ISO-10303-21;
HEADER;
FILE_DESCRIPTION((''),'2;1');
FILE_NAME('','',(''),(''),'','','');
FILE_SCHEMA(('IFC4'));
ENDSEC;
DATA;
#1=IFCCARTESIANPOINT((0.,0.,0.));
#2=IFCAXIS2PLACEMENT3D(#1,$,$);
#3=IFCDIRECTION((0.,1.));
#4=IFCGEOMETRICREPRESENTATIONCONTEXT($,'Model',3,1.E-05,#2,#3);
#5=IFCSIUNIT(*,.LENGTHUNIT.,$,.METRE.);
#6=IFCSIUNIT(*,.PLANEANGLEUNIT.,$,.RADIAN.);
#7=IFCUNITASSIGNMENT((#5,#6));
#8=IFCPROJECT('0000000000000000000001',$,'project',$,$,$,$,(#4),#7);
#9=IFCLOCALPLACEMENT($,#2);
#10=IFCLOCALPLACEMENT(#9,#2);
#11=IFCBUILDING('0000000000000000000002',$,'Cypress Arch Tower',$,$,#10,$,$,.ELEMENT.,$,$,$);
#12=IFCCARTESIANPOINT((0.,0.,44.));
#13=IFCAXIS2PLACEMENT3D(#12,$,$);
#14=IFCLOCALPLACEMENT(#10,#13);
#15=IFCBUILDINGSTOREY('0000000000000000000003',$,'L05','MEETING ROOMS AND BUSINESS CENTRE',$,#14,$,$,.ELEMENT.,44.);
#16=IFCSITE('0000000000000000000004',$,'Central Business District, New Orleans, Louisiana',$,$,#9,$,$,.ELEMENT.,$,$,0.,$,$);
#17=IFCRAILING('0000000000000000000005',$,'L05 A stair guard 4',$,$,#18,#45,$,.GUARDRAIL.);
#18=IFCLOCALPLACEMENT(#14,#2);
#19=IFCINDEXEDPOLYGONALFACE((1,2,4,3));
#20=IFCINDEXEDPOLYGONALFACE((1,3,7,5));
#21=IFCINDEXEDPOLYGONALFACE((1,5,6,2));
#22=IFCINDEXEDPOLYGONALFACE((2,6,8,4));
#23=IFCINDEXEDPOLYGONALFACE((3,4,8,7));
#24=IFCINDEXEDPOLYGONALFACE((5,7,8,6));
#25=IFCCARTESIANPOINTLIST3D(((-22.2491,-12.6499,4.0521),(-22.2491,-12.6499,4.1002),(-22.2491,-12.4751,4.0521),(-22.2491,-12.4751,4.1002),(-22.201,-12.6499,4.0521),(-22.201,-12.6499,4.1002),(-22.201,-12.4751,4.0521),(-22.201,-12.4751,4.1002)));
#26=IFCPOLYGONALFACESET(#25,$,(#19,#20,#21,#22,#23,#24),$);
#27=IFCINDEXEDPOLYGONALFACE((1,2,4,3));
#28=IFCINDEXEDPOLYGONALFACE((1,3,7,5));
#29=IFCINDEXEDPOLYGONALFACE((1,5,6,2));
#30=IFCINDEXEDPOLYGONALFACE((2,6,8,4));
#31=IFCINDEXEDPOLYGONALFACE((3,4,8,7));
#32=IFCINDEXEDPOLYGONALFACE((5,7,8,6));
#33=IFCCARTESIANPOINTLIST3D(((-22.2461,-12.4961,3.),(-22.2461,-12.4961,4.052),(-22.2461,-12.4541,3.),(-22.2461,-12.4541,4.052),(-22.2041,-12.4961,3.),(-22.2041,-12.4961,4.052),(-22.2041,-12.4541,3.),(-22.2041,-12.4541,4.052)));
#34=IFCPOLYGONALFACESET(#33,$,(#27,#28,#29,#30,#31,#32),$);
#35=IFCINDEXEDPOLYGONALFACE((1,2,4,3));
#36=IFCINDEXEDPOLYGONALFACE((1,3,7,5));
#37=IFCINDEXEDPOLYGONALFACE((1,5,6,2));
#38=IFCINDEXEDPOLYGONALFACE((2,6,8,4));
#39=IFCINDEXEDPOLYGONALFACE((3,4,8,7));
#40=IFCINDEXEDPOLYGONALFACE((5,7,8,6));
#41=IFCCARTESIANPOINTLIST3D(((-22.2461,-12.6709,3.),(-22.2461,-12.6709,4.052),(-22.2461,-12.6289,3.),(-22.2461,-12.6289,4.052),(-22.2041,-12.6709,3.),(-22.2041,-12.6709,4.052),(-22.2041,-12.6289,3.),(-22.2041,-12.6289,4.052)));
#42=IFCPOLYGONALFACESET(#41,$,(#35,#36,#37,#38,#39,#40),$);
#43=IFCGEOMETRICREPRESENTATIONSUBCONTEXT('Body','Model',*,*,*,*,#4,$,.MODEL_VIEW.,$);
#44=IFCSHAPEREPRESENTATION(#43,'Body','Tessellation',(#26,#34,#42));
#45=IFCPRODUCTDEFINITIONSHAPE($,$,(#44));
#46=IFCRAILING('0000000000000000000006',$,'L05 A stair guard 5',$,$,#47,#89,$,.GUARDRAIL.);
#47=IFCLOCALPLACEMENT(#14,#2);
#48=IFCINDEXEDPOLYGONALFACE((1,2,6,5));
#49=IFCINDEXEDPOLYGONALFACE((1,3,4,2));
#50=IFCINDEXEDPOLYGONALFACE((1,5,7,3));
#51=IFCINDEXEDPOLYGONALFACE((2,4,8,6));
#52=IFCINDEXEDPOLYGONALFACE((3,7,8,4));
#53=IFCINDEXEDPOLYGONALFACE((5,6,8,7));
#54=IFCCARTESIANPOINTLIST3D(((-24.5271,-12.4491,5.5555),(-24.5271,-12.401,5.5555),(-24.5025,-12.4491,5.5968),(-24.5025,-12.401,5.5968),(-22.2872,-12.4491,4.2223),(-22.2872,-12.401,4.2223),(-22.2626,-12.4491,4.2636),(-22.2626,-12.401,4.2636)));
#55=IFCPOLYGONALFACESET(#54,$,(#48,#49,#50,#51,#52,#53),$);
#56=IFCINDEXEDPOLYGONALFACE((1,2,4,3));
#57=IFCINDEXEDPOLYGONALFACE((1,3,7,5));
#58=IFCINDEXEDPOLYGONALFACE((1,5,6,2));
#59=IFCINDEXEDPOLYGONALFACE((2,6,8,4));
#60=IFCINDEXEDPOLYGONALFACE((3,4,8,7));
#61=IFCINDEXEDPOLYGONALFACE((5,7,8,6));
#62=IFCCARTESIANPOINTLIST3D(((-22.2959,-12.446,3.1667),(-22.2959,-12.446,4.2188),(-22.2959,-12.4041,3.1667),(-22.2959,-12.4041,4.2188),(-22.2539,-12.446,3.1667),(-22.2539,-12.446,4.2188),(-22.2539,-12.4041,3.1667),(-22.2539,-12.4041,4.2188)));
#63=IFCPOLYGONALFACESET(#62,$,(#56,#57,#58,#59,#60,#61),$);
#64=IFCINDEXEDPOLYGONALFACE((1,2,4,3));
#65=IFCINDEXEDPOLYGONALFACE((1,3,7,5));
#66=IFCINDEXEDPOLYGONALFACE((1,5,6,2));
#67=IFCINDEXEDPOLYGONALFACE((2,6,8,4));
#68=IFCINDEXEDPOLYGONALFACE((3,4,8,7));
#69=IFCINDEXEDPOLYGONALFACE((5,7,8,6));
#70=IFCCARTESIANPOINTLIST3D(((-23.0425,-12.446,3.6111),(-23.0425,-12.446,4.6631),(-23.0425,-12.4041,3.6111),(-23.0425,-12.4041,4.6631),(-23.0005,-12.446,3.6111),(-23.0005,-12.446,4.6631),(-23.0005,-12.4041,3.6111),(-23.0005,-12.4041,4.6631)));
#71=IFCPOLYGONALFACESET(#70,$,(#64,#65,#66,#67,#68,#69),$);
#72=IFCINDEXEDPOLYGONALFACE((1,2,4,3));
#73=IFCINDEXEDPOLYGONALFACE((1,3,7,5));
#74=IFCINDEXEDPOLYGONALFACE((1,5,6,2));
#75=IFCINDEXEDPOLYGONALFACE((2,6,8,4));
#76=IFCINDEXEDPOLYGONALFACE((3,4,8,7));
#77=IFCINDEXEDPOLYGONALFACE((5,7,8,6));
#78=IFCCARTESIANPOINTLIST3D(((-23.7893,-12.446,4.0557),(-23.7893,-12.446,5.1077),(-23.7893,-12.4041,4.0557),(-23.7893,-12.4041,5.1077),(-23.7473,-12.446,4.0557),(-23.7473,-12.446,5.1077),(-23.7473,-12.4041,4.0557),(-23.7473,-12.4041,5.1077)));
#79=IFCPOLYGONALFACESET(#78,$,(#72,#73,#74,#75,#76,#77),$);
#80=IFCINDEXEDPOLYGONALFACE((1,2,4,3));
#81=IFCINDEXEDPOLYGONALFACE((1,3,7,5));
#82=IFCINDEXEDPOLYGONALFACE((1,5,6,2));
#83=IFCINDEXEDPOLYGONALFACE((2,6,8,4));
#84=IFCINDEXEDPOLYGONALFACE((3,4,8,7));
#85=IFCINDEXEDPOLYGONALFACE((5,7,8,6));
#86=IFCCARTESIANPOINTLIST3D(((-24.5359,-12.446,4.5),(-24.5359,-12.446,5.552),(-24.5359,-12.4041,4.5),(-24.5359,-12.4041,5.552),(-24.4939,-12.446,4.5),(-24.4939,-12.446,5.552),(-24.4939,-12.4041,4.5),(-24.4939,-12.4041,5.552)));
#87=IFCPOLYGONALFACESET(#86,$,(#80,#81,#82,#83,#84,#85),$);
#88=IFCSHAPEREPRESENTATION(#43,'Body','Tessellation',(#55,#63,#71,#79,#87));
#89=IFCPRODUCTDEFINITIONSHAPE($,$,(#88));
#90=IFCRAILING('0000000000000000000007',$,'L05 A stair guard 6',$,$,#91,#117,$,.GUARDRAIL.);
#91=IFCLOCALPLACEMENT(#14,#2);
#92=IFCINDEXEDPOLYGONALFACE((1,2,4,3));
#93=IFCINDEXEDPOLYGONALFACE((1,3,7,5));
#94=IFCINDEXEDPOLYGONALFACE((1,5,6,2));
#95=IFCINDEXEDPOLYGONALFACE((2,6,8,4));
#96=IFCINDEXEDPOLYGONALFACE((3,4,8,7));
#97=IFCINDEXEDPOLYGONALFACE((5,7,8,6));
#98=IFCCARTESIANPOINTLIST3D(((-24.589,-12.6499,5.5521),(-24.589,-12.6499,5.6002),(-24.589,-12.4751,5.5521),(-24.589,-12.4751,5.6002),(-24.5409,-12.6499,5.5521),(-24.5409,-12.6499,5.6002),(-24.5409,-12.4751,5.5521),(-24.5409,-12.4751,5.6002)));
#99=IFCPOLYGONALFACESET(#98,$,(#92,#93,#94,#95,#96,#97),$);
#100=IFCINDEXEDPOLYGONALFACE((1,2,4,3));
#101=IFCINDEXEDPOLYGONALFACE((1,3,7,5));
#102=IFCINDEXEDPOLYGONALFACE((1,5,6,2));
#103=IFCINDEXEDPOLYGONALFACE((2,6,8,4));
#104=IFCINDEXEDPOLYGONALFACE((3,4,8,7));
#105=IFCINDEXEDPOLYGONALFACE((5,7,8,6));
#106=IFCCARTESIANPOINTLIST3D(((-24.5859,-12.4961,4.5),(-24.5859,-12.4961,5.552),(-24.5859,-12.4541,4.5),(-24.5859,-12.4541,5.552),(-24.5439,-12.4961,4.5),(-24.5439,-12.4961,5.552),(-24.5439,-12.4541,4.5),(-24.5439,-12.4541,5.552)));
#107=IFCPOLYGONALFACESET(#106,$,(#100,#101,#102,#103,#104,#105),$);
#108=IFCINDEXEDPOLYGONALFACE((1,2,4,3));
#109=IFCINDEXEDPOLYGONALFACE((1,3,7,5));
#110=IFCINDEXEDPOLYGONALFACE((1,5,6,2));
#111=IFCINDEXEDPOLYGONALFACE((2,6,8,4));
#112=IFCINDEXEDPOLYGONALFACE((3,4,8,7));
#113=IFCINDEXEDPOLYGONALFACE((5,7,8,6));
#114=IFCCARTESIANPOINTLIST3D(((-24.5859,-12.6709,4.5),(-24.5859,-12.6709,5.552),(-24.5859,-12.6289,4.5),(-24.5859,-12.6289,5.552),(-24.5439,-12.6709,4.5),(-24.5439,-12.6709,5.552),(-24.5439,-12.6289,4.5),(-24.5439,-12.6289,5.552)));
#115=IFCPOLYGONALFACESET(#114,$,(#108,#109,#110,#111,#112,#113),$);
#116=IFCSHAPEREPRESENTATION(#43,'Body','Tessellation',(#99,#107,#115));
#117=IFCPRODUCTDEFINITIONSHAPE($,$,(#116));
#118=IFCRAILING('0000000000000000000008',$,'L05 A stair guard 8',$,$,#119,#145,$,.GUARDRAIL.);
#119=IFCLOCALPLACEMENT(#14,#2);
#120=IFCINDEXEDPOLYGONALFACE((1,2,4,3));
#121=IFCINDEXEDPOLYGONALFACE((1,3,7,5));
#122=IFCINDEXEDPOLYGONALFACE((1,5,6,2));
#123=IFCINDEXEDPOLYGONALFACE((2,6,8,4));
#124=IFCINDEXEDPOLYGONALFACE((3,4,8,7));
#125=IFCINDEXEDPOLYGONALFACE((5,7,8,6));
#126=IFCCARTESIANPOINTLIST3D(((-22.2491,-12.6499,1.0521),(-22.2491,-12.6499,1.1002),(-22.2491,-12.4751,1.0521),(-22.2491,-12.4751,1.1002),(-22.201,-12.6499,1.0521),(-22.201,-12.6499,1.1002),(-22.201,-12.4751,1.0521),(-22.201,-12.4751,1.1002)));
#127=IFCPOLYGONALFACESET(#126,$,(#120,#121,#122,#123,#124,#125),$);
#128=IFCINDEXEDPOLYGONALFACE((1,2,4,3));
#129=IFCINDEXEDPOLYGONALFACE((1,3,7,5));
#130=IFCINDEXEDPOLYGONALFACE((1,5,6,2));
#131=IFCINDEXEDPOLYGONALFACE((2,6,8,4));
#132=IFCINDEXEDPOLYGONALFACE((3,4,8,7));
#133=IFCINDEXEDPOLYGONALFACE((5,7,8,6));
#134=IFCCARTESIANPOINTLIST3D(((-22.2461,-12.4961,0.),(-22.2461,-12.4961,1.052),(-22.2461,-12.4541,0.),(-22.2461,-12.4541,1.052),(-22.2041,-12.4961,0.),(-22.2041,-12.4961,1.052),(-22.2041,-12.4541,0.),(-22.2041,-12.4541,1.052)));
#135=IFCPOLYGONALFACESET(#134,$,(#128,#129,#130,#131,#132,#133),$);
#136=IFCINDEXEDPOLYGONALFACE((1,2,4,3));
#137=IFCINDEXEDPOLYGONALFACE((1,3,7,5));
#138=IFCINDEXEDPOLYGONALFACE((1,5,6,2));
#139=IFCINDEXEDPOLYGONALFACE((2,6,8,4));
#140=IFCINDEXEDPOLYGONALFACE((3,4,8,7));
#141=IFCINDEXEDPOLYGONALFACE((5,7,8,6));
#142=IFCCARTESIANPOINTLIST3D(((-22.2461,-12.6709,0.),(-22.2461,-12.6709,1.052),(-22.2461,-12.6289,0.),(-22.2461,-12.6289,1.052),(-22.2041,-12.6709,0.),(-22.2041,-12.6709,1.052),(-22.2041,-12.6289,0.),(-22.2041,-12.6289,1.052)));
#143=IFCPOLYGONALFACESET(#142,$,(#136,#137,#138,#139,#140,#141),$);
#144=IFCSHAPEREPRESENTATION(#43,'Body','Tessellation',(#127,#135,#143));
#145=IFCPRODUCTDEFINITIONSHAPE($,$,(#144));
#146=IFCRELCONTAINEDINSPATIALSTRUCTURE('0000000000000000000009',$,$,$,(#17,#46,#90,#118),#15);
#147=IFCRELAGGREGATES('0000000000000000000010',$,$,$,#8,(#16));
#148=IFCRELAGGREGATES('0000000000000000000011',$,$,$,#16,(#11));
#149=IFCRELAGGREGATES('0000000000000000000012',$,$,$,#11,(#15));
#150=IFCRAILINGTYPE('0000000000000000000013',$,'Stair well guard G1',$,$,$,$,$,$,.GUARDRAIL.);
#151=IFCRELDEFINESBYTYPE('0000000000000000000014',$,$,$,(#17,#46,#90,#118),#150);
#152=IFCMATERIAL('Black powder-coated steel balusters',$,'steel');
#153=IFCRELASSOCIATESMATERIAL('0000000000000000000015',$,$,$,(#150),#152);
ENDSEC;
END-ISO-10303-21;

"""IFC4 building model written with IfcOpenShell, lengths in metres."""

from ifc_helpers import new_model, si_unit, direction, frame, origin, origin_2d, place, context, subcontext, project, spatial, rectangle, extrude, material, type_object, element, save


model = new_model("IFC4")

# Units and contexts
model_context = context("Model", 3, precision=1e-05, world=origin(), true_north=direction((0.0, 1.0)))
body_context = subcontext(model_context, "Body", "Model", "MODEL_VIEW")
ifc_project = project(units=[si_unit("LENGTHUNIT", "METRE"), si_unit("PLANEANGLEUNIT", "RADIAN")], contexts=[model_context])

# Site, building, storey
site_placement = place(None, origin())
site = spatial("IfcSite", under=ifc_project, at=site_placement, Name="Central Business District, New Orleans, Louisiana", CompositionType="ELEMENT", RefElevation=0.0)
building_placement = place(site_placement, origin())
building = spatial("IfcBuilding", under=site, at=building_placement, Name="Cypress Arch Tower", CompositionType="ELEMENT")
storey_placement = place(building_placement, frame((0.0, 0.0, 44.0)))
storey = spatial("IfcBuildingStorey", under=building, at=storey_placement, Name="L05", Description="MEETING ROOMS AND BUSINESS CENTRE", CompositionType="ELEMENT", Elevation=44.0)

# Railings
ifc_material_1 = material(Name="Black powder-coated steel balusters", Category="steel")
railing_type_1 = type_object("IfcRailingType", Name="Stair well guard G1", PredefinedType="GUARDRAIL", material=ifc_material_1)
railing_1_placement = place(storey_placement, frame((-22.2251, -12.4751, 3.0)))
element("IfcRailing", 1, at=railing_1_placement, inside=storey, type_object=railing_type_1, Name="L05 A stair guard 4", PredefinedType="GUARDRAIL", context=body_context, shape_type="SweptSolid", body=[
    extrude(rectangle(XDim=0.0481, YDim=0.0481, at=origin_2d()), frame((0.0, 0.0, 1.0762), z_axis=(0.0, -1.0, 0.0), x_axis=(1.0, 0.0, 0.0)), (0.0, 0.0, 1.0), 0.1748),
    extrude(rectangle(XDim=0.042, YDim=0.042, at=origin_2d()), origin(), (0.0, 0.0, 1.0), 1.052),
    extrude(rectangle(XDim=0.042, YDim=0.042, at=origin_2d()), frame((0.0, -0.1748, 0.0)), (0.0, 0.0, 1.0), 1.052),
])
railing_2_placement = place(storey_placement, frame((-22.2749, -12.425, 3.1667)))
element("IfcRailing", 2, at=railing_2_placement, inside=storey, type_object=railing_type_1, Name="L05 A stair guard 5", PredefinedType="GUARDRAIL", context=body_context, shape_type="SweptSolid", body=[
    extrude(rectangle(XDim=0.0481, YDim=0.0481, at=origin_2d()), frame((0.0, 0.0, 1.0762), z_axis=(-0.859306, 0.0, 0.511462), x_axis=(0.0, -1.0, 0.0)), (0.0, 0.0, 1.0), 2.6067),
    extrude(rectangle(XDim=0.042, YDim=0.042, at=origin_2d()), origin(), (0.0, 0.0, 1.0), 1.052),
    extrude(rectangle(XDim=0.042, YDim=0.042, at=origin_2d()), frame((-0.7466, 0.0, 0.4443)), (0.0, 0.0, 1.0), 1.052),
    extrude(rectangle(XDim=0.042, YDim=0.042, at=origin_2d()), frame((-1.4934, 0.0, 0.8889)), (0.0, 0.0, 1.0), 1.052),
    extrude(rectangle(XDim=0.042, YDim=0.042, at=origin_2d()), frame((-2.24, 0.0, 1.3333)), (0.0, 0.0, 1.0), 1.052),
])
for number, where, name in (
    (3, (-24.5649, -12.4751, 4.5), "L05 A stair guard 6"),
    (4, (-22.2251, -12.4751, 0.0), "L05 A stair guard 8"),
):
    element("IfcRailing", number, at=place(storey_placement, frame(where)), inside=storey, type_object=railing_type_1, Name=name, PredefinedType="GUARDRAIL", context=body_context, shape_type="SweptSolid", body=[
        extrude(rectangle(XDim=0.0481, YDim=0.0481, at=origin_2d()), frame((0.0, 0.0, 1.0762), z_axis=(0.0, -1.0, 0.0), x_axis=(1.0, 0.0, 0.0)), (0.0, 0.0, 1.0), 0.1748),
        extrude(rectangle(XDim=0.042, YDim=0.042, at=origin_2d()), origin(), (0.0, 0.0, 1.0), 1.052),
        extrude(rectangle(XDim=0.042, YDim=0.042, at=origin_2d()), frame((0.0, -0.1748, 0.0)), (0.0, 0.0, 1.0), 1.052),
    ])

save(model, "model.ifc")
